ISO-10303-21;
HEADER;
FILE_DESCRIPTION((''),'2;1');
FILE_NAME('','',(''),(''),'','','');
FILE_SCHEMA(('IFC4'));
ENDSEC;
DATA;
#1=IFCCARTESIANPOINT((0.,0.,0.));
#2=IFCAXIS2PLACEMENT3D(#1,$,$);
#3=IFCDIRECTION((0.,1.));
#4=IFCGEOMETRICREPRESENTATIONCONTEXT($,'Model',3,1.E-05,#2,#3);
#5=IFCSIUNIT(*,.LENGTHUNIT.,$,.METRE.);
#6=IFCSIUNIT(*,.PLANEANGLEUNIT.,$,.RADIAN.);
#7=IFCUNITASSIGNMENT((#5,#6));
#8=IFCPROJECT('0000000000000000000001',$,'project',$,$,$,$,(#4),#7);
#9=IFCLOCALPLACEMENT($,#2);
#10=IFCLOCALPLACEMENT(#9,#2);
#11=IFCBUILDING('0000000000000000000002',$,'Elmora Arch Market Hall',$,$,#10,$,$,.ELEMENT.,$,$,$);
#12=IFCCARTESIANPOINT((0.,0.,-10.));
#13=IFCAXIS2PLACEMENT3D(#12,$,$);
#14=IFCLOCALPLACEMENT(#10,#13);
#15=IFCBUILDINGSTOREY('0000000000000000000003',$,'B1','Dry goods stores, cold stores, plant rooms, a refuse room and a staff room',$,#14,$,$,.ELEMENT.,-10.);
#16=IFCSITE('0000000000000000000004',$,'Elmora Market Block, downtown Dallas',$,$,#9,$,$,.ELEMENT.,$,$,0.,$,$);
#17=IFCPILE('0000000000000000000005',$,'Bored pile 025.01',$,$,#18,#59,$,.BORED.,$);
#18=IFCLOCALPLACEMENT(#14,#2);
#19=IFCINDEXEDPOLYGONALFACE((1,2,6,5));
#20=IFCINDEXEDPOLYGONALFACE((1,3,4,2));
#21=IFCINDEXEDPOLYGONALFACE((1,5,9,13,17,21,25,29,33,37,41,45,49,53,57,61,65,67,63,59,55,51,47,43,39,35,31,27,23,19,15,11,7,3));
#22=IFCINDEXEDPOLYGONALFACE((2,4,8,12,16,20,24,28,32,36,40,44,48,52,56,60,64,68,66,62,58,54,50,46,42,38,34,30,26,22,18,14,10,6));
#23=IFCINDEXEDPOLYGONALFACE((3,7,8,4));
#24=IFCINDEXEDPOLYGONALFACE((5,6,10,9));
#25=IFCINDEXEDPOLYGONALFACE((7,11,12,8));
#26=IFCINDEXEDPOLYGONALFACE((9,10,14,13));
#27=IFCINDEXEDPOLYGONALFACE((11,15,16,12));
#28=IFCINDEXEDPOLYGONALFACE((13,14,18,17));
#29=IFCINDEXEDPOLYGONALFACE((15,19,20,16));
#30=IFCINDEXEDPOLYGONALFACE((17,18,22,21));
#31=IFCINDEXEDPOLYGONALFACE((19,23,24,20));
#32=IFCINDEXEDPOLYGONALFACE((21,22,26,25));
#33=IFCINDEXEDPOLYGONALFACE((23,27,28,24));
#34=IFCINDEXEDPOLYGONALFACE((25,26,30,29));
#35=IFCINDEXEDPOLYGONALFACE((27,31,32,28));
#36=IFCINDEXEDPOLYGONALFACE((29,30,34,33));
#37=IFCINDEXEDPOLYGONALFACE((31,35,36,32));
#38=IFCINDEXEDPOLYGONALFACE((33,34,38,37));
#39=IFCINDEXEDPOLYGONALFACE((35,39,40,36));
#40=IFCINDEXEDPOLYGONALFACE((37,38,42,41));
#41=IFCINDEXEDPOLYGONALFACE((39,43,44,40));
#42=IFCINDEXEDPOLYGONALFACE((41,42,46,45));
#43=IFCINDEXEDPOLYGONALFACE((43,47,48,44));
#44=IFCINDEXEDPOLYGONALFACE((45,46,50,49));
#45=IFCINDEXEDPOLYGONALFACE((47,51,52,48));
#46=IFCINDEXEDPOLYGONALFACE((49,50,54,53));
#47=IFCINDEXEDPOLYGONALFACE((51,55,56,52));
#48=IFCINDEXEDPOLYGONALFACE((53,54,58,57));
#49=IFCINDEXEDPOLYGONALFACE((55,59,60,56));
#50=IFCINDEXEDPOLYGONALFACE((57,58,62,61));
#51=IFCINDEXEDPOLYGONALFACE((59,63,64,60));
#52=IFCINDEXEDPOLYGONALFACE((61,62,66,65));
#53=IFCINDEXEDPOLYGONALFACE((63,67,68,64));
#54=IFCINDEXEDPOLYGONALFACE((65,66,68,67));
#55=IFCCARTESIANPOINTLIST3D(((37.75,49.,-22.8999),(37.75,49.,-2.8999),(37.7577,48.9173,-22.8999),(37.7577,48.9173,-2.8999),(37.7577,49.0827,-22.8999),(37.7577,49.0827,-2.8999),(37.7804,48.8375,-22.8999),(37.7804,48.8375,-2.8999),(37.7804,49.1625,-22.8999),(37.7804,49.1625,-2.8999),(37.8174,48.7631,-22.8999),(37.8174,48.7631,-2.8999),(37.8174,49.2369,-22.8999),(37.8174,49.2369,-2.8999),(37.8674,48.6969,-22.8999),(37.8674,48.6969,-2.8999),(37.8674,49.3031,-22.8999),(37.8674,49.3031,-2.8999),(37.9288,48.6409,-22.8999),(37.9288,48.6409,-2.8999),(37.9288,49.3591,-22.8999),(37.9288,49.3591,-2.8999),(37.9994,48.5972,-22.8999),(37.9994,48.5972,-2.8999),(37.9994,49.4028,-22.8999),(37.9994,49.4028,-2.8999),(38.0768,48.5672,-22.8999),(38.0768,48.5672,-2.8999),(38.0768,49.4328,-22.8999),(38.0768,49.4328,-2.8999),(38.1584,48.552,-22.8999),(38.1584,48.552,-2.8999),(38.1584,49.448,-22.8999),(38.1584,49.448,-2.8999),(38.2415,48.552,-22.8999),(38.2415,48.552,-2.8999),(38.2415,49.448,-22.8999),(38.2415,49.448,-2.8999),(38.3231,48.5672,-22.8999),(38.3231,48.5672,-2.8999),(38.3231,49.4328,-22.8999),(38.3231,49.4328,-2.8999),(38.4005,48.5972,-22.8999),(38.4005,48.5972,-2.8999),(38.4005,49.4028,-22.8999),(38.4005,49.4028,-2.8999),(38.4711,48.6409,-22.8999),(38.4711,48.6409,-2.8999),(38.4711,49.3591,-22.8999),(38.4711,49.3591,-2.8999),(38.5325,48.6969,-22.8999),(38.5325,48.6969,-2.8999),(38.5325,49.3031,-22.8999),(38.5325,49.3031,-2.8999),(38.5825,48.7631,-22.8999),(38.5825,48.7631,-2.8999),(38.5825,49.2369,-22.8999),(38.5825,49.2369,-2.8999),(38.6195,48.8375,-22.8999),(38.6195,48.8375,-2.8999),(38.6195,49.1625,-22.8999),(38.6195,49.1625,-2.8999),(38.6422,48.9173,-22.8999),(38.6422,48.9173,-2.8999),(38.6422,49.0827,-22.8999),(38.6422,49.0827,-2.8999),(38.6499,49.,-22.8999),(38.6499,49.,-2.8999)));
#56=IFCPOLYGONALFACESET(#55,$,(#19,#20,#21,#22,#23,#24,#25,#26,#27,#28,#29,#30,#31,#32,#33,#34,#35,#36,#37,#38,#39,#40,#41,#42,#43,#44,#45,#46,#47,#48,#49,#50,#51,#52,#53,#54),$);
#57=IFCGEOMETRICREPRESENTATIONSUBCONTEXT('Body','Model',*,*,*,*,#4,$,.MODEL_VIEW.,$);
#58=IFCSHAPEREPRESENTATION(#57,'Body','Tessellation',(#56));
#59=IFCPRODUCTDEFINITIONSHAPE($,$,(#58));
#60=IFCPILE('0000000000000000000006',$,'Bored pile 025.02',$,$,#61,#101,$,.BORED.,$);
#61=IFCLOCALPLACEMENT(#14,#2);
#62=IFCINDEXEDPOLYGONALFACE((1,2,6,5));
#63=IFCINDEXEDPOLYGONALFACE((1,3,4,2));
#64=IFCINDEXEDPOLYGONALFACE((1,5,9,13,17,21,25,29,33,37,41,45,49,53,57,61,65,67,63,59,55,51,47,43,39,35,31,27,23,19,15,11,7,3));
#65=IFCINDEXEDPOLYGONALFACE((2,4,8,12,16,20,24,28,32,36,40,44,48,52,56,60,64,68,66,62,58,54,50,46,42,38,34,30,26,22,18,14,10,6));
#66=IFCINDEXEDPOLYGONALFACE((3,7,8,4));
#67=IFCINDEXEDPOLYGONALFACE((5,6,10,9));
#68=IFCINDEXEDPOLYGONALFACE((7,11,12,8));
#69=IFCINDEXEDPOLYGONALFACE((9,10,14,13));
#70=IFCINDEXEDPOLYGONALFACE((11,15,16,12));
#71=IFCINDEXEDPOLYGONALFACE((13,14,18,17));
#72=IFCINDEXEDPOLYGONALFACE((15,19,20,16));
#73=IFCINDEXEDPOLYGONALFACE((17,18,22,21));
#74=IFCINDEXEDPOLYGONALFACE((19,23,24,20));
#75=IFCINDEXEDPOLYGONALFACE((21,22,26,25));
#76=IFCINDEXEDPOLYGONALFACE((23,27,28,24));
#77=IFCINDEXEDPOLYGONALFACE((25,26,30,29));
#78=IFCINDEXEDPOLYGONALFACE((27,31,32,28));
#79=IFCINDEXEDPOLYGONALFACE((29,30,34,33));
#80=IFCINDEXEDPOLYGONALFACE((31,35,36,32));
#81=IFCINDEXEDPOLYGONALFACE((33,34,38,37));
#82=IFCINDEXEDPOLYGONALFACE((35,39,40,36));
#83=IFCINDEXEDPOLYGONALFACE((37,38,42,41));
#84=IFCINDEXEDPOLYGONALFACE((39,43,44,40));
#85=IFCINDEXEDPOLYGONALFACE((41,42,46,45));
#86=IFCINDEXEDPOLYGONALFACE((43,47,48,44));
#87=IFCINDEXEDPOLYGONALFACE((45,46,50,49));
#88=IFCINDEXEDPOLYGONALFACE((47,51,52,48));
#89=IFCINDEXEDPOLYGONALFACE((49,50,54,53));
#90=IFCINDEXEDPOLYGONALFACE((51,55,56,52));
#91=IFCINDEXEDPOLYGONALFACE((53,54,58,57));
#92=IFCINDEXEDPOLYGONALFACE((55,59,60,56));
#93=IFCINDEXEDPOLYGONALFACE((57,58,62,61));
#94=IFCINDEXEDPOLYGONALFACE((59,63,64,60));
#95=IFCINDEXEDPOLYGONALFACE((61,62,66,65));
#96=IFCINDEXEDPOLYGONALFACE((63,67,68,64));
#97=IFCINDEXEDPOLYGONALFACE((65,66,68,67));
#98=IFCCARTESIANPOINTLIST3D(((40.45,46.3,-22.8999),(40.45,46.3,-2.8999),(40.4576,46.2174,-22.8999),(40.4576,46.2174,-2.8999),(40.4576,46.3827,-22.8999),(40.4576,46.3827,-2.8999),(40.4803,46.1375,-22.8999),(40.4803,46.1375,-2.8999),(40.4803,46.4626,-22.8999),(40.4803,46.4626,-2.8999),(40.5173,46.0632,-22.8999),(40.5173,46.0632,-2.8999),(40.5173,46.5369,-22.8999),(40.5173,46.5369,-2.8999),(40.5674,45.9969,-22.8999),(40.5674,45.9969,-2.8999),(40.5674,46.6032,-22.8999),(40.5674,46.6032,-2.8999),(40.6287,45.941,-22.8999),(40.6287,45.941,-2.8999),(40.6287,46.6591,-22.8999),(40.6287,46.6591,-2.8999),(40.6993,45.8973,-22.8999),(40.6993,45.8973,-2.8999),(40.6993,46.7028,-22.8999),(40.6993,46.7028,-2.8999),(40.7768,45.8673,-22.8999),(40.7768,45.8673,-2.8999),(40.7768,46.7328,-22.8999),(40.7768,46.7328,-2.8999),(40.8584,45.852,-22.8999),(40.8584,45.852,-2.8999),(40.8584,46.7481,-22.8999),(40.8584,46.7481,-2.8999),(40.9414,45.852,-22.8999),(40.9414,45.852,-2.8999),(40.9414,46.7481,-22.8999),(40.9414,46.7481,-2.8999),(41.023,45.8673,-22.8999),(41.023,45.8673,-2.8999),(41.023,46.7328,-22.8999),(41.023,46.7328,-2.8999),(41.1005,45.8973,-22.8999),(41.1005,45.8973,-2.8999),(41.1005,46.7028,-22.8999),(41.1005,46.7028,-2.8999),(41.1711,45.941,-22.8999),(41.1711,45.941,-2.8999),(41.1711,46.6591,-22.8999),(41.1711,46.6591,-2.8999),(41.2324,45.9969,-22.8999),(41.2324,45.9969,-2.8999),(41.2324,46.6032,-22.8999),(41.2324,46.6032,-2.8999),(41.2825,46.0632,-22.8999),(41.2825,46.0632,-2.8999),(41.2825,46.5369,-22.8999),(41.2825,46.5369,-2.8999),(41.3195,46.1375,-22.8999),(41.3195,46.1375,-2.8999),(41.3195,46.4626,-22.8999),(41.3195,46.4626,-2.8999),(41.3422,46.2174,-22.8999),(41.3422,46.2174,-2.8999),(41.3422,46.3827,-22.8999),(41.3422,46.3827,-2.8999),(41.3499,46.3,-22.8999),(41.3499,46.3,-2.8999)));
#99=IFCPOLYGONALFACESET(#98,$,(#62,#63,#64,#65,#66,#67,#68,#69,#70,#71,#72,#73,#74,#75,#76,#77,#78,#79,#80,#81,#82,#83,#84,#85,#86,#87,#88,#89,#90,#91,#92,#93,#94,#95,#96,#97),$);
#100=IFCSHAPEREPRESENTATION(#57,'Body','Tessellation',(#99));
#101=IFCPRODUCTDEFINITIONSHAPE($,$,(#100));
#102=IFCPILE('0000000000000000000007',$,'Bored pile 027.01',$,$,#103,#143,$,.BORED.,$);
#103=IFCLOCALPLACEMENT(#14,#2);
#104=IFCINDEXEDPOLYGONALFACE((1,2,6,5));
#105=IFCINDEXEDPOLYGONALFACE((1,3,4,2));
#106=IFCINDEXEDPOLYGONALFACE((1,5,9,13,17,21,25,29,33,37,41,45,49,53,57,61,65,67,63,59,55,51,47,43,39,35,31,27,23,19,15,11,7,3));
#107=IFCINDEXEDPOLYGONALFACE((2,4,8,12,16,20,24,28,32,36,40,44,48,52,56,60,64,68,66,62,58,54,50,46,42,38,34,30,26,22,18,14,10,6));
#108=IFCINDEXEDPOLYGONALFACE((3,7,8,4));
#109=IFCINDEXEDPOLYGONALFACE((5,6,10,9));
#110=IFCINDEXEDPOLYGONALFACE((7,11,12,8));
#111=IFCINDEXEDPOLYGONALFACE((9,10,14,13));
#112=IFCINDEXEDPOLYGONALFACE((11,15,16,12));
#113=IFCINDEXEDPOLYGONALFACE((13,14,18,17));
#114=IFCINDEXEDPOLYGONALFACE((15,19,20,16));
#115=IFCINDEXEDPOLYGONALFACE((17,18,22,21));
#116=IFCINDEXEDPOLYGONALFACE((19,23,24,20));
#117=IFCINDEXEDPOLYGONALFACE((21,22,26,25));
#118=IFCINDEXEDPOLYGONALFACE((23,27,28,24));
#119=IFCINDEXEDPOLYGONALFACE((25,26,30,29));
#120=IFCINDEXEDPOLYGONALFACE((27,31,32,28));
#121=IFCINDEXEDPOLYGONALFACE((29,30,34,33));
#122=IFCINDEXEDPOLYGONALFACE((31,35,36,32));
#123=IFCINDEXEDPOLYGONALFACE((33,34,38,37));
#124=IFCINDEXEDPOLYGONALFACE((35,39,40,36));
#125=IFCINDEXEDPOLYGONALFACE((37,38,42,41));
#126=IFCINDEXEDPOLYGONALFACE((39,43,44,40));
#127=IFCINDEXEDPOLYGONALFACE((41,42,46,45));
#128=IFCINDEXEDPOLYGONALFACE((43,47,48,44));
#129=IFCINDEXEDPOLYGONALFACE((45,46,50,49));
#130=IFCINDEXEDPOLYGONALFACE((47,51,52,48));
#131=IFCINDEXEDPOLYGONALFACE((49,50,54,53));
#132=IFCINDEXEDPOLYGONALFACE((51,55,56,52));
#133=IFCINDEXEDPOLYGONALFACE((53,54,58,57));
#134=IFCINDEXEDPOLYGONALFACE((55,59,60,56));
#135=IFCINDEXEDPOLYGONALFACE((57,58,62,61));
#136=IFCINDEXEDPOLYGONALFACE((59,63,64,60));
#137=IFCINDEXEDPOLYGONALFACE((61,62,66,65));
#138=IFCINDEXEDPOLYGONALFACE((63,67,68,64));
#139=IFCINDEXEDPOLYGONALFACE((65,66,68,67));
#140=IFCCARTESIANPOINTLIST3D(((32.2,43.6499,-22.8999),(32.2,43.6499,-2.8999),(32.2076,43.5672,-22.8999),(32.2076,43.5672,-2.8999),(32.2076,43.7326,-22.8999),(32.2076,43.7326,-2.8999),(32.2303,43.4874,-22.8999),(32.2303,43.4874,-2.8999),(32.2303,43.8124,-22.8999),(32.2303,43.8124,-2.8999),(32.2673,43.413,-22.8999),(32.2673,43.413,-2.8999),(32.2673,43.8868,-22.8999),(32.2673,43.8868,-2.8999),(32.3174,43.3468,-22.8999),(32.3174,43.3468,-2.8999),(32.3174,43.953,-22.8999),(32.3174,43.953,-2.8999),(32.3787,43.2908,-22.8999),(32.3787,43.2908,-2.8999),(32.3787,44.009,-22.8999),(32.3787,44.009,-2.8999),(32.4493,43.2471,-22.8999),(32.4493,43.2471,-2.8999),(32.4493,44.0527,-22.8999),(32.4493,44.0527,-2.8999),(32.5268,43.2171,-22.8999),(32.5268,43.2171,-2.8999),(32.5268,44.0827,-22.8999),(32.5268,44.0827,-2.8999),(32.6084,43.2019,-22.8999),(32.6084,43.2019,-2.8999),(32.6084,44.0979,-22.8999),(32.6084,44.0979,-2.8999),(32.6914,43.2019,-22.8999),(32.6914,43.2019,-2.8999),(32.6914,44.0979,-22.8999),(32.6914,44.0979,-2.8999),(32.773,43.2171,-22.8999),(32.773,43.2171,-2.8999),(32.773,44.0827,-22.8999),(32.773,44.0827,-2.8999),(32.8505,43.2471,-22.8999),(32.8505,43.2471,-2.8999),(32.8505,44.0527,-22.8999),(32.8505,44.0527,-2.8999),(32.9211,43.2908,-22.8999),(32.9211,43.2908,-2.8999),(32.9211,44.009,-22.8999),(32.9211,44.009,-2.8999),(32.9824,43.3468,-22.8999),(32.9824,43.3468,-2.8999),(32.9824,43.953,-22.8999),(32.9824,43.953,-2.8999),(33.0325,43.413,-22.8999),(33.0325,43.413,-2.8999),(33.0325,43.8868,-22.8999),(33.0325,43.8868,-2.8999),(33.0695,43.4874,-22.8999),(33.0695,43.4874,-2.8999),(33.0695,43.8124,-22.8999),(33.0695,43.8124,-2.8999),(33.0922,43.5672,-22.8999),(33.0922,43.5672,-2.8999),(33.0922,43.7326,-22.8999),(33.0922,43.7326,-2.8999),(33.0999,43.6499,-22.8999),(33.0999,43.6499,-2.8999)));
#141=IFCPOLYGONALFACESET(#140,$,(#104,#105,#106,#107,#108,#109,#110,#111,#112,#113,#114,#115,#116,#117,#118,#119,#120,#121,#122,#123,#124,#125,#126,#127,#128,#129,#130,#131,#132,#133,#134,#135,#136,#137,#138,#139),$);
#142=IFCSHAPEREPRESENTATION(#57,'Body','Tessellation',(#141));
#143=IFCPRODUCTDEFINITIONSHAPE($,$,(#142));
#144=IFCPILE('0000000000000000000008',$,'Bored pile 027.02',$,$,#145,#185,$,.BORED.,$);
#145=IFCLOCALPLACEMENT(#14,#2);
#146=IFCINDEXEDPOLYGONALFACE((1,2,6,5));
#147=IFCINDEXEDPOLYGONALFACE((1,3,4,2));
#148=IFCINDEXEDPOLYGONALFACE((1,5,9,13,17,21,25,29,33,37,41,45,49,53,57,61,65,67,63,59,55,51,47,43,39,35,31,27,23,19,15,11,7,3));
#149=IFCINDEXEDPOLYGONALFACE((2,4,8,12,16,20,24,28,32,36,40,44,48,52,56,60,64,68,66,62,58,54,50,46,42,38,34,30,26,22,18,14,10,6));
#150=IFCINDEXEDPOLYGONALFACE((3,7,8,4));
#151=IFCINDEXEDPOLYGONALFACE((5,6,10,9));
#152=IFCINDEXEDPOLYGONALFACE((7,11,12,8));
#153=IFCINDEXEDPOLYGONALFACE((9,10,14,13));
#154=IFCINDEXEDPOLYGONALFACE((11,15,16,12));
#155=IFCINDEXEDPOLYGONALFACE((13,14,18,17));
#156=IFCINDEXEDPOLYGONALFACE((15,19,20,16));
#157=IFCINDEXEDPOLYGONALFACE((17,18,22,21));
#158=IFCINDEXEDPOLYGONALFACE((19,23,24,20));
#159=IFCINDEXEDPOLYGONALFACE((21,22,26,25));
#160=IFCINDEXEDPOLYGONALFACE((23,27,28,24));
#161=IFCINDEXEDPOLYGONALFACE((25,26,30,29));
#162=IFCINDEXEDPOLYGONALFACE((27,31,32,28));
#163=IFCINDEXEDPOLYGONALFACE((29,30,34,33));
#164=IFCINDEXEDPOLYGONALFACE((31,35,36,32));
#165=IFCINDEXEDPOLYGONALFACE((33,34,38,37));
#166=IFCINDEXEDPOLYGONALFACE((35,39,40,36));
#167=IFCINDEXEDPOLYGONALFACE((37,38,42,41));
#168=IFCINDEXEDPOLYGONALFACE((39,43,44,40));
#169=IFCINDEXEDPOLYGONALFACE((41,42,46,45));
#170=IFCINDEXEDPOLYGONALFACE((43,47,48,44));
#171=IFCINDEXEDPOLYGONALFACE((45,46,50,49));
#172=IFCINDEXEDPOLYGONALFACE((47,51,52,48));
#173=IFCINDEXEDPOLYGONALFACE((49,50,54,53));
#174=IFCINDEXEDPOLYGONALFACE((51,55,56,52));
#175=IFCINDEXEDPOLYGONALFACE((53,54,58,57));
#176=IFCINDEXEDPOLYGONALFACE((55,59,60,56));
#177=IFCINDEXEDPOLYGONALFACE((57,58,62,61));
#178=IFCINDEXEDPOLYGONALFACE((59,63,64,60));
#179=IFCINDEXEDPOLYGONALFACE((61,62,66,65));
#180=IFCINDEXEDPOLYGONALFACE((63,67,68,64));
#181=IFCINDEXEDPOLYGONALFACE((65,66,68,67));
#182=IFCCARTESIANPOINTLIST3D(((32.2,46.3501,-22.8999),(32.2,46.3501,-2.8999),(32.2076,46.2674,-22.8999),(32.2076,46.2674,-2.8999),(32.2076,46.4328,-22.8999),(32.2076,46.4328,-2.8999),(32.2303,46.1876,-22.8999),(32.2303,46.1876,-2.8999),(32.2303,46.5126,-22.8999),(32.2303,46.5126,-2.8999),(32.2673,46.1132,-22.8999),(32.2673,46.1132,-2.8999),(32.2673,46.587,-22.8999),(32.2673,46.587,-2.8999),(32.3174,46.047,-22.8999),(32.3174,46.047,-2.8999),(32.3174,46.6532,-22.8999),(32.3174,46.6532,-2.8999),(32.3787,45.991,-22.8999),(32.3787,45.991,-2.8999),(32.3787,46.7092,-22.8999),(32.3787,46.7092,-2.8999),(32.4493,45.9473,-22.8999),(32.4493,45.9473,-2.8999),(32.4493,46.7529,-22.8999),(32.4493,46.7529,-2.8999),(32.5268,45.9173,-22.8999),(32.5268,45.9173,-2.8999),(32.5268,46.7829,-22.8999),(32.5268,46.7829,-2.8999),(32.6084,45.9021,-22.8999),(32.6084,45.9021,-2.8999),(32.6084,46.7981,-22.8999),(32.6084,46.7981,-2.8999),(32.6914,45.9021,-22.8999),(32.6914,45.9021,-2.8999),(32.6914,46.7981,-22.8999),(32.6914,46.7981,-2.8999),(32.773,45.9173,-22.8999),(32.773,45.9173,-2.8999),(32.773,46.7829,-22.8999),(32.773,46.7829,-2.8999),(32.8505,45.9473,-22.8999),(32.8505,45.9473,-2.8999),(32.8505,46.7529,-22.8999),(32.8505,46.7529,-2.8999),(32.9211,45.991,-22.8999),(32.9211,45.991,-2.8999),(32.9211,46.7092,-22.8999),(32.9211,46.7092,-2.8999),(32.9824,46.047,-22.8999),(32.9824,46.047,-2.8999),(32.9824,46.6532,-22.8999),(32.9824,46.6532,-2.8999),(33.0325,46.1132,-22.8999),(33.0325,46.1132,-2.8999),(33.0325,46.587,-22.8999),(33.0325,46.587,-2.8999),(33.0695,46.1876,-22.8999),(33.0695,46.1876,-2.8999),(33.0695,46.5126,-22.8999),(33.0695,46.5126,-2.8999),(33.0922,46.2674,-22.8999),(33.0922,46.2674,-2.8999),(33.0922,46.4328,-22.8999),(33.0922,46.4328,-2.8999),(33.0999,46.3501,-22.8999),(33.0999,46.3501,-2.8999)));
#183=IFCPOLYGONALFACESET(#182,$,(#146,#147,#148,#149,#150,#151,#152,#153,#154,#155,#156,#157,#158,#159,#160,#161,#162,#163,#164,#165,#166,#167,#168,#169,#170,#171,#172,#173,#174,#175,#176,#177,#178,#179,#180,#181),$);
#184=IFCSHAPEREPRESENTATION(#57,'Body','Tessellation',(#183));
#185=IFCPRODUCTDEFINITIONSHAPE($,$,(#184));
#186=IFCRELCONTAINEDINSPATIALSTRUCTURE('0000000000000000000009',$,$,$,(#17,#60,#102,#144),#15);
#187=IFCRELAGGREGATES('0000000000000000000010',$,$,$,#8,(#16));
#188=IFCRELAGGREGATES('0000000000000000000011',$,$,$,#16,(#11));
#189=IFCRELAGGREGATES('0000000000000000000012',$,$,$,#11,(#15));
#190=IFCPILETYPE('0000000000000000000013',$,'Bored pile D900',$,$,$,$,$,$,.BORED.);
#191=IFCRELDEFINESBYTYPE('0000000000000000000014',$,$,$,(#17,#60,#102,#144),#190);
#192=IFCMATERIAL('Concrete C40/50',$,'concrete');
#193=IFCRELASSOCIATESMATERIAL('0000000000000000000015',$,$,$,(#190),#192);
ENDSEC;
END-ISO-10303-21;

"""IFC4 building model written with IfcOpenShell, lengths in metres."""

from ifc_helpers import new_model, si_unit, direction, frame, origin, origin_2d, place, context, subcontext, project, spatial, circle, extrude, material, material_profile, profile_set, type_object, element, save


model = new_model("IFC4")

# Units and contexts
model_context = context("Model", 3, precision=1e-05, world=origin(), true_north=direction((0.0, 1.0)))
body_context = subcontext(model_context, "Body", "Model", "MODEL_VIEW")
ifc_project = project(units=[si_unit("LENGTHUNIT", "METRE"), si_unit("PLANEANGLEUNIT", "RADIAN")], contexts=[model_context])

# Site, building, storey
site_placement = place(None, origin())
site = spatial("IfcSite", under=ifc_project, at=site_placement, Name="Elmora Market Block, downtown Dallas", CompositionType="ELEMENT", RefElevation=0.0)
building_placement = place(site_placement, origin())
building = spatial("IfcBuilding", under=site, at=building_placement, Name="Elmora Arch Market Hall", CompositionType="ELEMENT")
storey_placement = place(building_placement, frame((0.0, 0.0, -10.0)))
storey = spatial("IfcBuildingStorey", under=building, at=storey_placement, Name="B1", Description="Dry goods stores, cold stores, plant rooms, a refuse room and a staff room", CompositionType="ELEMENT", Elevation=-10.0)

# Piles
ifc_material_1 = material(Name="Concrete C40/50", Category="concrete")
ifc_material_profile_1 = material_profile(ifc_material_1, circle(Radius=0.45, at=origin_2d()), Name="Bored pile D900")
ifc_profile_set_1 = profile_set([ifc_material_profile_1], Name="Concrete C40/50")
pile_type = type_object("IfcPileType", Name="Bored pile D900", PredefinedType="BORED", material=ifc_profile_set_1)
for number, where, z_axis, x_axis, name in (
    (1, (38.2, 49.0, -2.8999), (0.0, 0.0, -1.0), (1.0, 0.0, 0.0), "Bored pile 025.01"),
    (2, (40.8999, 46.3, -2.8999), (0.0, 0.0, -1.0), (1.0, 0.0, 0.0), "Bored pile 025.02"),
    (3, (32.6499, 43.6499, -2.8999), (0.0, 0.0, -1.0), (1.0, 0.0, 0.0), "Bored pile 027.01"),
    (4, (32.6499, 46.3501, -2.8999), (0.0, 0.0, -1.0), (1.0, 0.0, 0.0), "Bored pile 027.02"),
):
    element("IfcPile", number, at=place(storey_placement, frame(where, z_axis=z_axis, x_axis=x_axis)), inside=storey, type_object=pile_type, Name=name, PredefinedType="BORED", context=body_context, shape_type="SweptSolid", body=[
        extrude(circle(Radius=0.45, at=origin_2d()), origin(), (0.0, 0.0, 1.0), 20.0),
    ])

save(model, "model.ifc")
